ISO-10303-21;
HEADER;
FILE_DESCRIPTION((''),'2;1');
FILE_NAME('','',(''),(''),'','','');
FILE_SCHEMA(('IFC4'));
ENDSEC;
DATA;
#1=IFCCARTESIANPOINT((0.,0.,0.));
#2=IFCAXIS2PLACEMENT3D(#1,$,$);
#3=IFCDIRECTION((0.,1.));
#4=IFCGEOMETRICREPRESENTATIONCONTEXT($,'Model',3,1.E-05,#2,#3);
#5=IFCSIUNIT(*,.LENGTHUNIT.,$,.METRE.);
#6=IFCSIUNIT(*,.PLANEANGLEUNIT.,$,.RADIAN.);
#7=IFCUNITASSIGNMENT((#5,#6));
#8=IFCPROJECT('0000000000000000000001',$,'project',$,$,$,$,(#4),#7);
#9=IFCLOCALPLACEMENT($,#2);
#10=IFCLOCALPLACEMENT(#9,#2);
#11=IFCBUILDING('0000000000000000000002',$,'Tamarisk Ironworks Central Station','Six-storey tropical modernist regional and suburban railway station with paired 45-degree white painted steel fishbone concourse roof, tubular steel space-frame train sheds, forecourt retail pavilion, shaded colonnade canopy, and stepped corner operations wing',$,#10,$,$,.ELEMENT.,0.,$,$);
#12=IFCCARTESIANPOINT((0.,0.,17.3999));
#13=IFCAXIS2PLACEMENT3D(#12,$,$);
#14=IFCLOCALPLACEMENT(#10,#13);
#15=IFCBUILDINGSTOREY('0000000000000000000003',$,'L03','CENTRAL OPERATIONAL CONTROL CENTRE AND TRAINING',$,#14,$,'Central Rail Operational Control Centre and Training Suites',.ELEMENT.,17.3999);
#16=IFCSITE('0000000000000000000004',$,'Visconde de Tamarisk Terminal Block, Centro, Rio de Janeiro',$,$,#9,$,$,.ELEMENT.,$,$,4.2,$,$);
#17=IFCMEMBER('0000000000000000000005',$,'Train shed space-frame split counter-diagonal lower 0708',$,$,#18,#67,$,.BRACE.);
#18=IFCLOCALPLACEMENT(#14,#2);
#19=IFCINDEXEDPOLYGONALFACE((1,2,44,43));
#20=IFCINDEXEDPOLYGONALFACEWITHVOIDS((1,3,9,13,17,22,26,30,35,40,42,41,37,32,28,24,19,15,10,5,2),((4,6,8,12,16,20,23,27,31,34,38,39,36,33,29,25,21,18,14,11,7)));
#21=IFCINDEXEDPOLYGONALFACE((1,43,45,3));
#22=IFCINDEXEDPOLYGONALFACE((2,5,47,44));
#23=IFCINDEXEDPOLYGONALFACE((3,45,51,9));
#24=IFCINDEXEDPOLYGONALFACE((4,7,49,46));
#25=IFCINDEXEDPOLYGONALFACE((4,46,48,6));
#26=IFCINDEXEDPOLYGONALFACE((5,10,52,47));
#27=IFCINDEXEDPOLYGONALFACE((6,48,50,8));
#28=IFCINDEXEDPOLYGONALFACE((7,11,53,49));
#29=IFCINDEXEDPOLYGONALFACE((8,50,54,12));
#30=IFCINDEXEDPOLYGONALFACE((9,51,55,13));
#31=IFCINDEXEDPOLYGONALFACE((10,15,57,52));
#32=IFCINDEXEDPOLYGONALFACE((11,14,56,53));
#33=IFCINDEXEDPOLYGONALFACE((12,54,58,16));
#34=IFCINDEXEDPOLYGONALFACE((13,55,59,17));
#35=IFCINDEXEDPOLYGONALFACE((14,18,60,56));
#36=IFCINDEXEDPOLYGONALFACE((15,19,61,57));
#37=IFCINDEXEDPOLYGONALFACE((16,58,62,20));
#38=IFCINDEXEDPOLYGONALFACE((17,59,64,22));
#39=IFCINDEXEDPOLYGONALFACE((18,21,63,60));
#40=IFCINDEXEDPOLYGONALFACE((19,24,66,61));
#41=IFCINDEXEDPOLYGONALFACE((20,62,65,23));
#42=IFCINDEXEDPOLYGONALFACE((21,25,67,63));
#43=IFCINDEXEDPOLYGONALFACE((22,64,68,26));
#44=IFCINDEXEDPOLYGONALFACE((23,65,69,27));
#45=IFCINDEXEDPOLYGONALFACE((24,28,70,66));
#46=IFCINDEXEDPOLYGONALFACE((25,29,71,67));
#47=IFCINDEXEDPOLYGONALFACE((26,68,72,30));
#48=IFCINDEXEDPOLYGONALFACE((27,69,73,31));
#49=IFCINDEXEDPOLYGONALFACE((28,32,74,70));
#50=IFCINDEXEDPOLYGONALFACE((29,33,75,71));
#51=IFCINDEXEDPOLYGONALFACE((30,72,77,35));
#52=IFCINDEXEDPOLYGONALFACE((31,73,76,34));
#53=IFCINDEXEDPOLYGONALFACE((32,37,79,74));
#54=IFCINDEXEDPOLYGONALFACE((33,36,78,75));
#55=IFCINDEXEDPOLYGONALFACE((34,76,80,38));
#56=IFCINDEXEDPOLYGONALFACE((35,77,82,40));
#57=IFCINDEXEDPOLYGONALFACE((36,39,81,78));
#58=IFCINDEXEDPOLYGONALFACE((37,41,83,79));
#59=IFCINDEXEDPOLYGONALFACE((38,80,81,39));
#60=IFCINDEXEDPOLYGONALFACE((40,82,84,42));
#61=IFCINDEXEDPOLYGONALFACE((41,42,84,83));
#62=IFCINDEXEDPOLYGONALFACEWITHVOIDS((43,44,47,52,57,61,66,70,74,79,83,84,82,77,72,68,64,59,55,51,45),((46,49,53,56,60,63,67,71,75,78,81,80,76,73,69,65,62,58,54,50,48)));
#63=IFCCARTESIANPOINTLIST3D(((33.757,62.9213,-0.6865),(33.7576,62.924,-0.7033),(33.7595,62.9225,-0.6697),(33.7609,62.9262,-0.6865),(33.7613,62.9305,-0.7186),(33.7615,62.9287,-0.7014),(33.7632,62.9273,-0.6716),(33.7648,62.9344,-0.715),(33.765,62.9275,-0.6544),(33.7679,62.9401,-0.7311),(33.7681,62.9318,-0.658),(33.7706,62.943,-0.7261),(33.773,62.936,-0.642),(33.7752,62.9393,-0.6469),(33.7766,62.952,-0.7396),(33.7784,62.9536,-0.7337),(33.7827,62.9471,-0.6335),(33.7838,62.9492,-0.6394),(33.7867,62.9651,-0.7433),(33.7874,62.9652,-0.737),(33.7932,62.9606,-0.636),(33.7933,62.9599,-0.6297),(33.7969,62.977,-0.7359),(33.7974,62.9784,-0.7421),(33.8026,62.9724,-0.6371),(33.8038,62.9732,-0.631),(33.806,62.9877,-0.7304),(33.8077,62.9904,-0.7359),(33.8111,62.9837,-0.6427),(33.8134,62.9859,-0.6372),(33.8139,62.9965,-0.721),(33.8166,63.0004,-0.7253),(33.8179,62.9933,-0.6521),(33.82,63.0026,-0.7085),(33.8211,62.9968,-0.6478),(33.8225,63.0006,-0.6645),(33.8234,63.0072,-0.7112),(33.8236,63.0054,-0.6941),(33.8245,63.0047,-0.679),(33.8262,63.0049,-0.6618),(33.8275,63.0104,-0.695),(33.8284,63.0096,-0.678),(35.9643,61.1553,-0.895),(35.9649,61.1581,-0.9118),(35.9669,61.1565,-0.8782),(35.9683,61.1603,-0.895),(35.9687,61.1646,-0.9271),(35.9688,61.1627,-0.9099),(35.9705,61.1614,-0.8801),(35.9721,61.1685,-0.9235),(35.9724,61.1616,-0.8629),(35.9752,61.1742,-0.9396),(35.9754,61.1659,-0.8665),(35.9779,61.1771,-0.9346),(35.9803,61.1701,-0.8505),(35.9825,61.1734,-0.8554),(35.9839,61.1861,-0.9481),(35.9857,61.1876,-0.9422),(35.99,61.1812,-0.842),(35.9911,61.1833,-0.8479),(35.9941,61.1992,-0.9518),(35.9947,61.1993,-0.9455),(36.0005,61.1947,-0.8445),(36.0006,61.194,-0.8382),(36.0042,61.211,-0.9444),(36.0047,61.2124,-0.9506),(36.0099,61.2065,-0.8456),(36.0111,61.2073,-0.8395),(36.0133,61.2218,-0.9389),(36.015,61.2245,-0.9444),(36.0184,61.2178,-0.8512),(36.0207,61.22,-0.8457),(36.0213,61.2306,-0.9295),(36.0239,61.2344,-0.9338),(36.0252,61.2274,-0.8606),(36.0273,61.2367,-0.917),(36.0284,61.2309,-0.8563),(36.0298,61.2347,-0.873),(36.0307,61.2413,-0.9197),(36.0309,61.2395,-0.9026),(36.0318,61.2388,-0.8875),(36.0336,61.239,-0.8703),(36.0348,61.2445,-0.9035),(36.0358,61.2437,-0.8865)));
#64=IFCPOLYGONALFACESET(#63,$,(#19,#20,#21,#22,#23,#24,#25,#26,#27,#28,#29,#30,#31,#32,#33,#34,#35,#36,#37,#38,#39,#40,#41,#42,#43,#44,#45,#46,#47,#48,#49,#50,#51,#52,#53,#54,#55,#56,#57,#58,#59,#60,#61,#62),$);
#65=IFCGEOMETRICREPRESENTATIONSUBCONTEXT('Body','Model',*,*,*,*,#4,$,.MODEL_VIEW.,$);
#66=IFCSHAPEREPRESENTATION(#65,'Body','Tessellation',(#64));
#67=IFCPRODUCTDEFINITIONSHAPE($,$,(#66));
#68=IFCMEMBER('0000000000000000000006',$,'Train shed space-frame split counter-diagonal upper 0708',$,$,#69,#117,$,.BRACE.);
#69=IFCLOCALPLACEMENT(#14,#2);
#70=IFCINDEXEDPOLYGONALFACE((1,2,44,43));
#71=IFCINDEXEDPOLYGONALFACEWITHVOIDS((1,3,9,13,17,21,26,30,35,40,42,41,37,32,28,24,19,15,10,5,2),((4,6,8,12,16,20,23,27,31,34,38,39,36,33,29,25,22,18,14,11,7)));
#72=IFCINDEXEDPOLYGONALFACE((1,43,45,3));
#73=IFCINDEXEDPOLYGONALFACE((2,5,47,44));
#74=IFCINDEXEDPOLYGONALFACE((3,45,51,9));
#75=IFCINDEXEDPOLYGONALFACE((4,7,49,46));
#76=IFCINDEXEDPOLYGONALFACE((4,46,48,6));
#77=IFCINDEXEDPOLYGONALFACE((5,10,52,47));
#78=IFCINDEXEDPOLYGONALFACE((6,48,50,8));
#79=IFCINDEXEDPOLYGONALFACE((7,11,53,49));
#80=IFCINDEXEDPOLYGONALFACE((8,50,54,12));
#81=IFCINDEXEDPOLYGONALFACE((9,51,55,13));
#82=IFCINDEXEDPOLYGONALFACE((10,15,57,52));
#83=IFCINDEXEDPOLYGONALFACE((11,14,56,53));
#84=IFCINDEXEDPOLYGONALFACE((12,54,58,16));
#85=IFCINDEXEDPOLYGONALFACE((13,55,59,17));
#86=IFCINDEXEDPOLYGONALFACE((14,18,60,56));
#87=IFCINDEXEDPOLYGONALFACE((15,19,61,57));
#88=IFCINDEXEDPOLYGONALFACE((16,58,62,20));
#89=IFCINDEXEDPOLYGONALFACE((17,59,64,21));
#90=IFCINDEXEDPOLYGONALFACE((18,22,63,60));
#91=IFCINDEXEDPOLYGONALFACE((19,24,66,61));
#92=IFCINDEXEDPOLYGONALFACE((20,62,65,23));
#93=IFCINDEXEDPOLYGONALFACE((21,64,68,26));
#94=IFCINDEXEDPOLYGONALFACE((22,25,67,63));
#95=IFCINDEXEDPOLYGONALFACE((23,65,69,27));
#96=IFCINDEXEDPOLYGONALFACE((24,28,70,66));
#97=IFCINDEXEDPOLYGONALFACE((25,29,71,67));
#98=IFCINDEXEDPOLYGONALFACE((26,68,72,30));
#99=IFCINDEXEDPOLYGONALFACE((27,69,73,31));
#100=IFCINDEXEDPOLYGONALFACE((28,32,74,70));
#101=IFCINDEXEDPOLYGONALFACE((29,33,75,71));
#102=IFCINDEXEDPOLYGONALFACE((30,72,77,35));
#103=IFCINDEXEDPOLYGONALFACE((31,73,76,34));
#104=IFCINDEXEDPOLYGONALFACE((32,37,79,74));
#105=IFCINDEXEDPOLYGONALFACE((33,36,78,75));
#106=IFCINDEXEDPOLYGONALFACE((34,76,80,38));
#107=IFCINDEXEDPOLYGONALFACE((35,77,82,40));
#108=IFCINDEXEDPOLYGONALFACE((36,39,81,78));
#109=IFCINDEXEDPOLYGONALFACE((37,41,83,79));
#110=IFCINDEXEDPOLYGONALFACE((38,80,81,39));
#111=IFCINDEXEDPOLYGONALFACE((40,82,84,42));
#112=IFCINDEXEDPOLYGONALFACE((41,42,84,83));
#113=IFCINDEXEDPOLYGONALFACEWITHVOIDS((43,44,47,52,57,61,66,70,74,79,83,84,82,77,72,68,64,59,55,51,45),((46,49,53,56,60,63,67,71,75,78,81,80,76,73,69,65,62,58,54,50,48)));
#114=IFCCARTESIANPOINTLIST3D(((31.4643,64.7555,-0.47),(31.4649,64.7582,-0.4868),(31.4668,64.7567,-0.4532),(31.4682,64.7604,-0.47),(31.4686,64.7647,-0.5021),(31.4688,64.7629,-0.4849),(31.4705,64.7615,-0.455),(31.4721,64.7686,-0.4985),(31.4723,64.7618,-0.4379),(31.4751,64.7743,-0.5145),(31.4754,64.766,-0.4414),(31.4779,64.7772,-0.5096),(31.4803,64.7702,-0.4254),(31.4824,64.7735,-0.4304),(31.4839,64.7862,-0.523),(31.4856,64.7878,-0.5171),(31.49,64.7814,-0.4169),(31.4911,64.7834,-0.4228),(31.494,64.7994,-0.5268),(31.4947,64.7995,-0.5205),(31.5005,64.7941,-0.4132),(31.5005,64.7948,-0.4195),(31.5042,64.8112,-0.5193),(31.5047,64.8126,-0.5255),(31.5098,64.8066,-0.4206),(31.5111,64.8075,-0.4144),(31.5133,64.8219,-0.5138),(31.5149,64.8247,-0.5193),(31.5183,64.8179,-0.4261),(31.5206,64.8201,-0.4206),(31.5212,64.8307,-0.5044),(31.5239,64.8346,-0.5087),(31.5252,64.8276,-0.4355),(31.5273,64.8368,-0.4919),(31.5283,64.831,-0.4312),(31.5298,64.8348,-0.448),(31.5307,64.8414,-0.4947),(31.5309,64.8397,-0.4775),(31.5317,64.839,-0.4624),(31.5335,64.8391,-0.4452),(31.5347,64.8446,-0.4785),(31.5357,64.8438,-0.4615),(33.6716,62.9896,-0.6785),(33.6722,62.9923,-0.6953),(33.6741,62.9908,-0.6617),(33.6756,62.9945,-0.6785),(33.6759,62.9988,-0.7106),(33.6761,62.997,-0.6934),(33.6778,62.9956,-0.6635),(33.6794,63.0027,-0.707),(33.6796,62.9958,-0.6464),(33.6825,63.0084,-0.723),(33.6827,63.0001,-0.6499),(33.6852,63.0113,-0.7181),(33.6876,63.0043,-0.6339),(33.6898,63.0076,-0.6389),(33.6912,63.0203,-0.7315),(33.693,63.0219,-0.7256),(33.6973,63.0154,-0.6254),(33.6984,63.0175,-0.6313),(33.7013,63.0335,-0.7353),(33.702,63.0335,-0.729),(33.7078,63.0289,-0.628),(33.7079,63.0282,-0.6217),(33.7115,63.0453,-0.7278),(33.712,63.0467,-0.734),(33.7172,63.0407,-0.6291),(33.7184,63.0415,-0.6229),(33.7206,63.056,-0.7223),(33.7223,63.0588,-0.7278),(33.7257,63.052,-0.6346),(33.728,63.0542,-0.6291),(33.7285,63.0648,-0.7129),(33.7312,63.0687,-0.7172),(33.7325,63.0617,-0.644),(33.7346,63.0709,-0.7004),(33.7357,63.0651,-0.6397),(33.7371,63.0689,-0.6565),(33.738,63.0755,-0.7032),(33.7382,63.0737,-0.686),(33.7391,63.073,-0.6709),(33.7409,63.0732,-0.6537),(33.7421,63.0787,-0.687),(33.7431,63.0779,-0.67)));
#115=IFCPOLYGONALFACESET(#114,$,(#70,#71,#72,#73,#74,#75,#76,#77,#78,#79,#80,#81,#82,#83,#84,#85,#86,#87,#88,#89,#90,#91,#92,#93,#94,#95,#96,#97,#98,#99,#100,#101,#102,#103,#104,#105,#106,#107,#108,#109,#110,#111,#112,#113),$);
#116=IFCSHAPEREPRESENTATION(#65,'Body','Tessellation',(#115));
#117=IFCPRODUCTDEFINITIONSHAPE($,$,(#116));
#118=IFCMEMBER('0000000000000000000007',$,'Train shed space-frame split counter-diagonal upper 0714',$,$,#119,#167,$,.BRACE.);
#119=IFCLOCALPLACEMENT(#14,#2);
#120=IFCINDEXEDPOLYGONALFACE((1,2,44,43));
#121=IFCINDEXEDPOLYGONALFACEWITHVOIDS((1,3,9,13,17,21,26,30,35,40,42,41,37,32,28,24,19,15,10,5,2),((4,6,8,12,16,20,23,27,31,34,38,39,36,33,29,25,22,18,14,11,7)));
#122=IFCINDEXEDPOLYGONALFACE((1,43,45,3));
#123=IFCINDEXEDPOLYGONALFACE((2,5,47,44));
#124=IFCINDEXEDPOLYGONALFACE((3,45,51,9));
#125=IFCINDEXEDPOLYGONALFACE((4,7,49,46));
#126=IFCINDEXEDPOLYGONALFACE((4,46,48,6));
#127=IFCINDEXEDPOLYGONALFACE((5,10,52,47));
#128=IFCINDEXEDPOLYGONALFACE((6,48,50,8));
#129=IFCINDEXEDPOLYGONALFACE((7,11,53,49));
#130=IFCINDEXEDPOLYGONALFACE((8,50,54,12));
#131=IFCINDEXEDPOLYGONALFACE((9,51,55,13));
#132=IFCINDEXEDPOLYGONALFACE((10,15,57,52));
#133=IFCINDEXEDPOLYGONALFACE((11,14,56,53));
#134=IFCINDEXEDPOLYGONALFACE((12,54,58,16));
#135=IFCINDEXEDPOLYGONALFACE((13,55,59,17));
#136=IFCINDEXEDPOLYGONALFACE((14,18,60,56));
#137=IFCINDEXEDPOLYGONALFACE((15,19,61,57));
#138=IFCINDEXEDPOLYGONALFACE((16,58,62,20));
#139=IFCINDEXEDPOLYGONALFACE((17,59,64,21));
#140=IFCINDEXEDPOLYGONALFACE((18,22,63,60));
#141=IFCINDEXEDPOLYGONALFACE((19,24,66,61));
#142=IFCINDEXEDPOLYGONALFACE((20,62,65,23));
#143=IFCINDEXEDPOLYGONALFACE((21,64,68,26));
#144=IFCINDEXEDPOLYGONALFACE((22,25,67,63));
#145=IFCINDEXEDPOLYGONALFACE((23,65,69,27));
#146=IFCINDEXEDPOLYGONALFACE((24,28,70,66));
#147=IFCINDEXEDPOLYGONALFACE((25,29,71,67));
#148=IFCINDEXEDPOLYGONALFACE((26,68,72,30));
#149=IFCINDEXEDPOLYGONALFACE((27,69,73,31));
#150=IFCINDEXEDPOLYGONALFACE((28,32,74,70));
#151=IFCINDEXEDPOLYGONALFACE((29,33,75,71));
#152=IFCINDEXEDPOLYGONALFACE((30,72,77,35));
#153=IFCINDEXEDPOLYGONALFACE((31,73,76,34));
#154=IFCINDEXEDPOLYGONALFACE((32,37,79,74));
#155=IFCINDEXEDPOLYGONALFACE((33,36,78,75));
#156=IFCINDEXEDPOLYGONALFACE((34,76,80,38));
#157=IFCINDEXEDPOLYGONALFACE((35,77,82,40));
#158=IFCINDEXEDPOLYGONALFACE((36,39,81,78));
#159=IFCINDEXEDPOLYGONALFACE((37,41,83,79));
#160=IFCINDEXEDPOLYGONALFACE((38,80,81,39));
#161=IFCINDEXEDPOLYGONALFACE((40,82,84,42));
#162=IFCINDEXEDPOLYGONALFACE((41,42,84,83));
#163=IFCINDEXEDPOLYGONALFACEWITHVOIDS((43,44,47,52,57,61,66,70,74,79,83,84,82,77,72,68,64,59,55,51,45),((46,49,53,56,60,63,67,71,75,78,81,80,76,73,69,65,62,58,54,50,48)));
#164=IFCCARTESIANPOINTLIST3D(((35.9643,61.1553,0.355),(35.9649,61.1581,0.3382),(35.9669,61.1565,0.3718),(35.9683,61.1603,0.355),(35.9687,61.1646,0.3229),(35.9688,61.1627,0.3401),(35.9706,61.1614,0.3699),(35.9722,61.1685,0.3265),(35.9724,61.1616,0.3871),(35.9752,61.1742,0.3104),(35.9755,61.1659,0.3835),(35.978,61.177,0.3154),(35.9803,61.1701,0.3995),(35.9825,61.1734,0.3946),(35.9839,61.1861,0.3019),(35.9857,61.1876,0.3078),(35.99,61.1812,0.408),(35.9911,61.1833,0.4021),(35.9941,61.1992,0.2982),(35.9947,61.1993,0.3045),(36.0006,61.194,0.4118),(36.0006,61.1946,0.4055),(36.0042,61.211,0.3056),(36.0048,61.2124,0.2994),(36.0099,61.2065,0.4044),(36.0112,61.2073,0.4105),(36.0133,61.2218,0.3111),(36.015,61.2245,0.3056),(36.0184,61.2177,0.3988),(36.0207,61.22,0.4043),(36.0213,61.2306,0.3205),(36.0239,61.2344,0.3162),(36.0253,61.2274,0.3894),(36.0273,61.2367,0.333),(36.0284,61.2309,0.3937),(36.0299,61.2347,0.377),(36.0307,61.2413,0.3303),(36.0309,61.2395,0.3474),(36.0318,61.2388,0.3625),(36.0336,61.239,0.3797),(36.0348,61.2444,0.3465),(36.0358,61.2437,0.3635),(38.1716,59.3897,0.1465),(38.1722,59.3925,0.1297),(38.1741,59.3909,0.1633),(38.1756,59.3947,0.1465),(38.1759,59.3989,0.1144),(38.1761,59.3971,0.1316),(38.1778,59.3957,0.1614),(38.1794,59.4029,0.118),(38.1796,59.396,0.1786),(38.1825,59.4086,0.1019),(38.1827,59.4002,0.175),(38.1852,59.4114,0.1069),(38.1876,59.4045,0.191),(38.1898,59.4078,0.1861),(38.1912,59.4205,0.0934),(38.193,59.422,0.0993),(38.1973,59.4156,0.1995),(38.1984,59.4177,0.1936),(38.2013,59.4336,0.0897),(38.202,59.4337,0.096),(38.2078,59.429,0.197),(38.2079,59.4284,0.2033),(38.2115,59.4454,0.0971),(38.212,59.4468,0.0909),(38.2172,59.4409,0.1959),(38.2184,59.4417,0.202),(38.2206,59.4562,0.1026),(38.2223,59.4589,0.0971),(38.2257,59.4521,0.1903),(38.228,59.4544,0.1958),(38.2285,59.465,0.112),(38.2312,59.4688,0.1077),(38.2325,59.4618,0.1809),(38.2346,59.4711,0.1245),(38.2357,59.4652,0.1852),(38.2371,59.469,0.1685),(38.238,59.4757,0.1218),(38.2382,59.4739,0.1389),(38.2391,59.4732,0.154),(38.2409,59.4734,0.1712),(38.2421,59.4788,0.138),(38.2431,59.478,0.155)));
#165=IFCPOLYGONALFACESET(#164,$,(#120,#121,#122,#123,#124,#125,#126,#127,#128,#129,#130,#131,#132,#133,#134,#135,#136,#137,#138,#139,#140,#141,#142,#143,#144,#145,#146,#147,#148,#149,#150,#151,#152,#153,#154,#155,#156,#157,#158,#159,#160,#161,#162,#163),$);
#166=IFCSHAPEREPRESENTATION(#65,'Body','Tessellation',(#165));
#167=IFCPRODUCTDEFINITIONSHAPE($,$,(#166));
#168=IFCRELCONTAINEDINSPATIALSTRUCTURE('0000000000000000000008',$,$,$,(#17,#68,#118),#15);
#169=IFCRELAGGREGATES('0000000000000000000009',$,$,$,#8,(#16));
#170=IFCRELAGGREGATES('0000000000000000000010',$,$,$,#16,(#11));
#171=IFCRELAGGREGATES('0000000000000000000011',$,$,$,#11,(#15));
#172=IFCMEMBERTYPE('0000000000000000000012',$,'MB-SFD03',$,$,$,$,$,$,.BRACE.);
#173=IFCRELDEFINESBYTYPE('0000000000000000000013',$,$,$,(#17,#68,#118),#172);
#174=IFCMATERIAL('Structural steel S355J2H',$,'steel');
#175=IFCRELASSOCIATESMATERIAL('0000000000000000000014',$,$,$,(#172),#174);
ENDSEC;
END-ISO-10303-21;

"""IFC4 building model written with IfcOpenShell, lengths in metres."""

from ifc_helpers import new_model, si_unit, direction, frame, origin, origin_2d, place, context, subcontext, project, spatial, hollow_circle, extrude, material, material_profile, profile_set, type_object, element, save


model = new_model("IFC4")

# Units and contexts
model_context = context("Model", 3, precision=1e-05, world=origin(), true_north=direction((0.0, 1.0)))
body_context = subcontext(model_context, "Body", "Model", "MODEL_VIEW")
ifc_project = project(units=[si_unit("LENGTHUNIT", "METRE"), si_unit("PLANEANGLEUNIT", "RADIAN")], contexts=[model_context])

# Site, building, storey
site_placement = place(None, origin())
site = spatial("IfcSite", under=ifc_project, at=site_placement, Name="Visconde de Tamarisk Terminal Block, Centro, Rio de Janeiro", CompositionType="ELEMENT", RefElevation=4.2)
building_placement = place(site_placement, origin())
building = spatial("IfcBuilding", under=site, at=building_placement, Name="Tamarisk Ironworks Central Station", Description="Six-storey tropical modernist regional and suburban railway station with paired 45-degree white painted steel fishbone concourse roof, tubular steel space-frame train sheds, forecourt retail pavilion, shaded colonnade canopy, and stepped corner operations wing", CompositionType="ELEMENT", ElevationOfRefHeight=0.0)
storey_placement = place(building_placement, frame((0.0, 0.0, 17.3999)))
storey = spatial("IfcBuildingStorey", under=building, at=storey_placement, Name="L03", Description="CENTRAL OPERATIONAL CONTROL CENTRE AND TRAINING", LongName="Central Rail Operational Control Centre and Training Suites", CompositionType="ELEMENT", Elevation=17.3999)

# Members
ifc_material_1 = material(Name="Structural steel S355J2H", Category="steel")
ifc_material_profile_1 = material_profile(ifc_material_1, hollow_circle(Radius=0.0571, WallThickness=0.0063, at=origin_2d()), Name="CHS 114.3x6.3")
ifc_profile_set_1 = profile_set([ifc_material_profile_1], Name="Structural steel S355J2H")
member_type_1 = type_object("IfcMemberType", Name="MB-SFD03", PredefinedType="BRACE", material=ifc_profile_set_1)
for number, where, z_axis, x_axis, name in (
    (1, (36.0, 61.2, -0.895), (-0.778745, 0.623013, 0.073559), (-0.624706, -0.78086, 0.0), "Train shed space-frame split counter-diagonal lower 0708"),
    (2, (33.7073, 63.0342, -0.6785), (-0.778745, 0.623013, 0.073559), (-0.624706, -0.78086, 0.0), "Train shed space-frame split counter-diagonal upper 0708"),
):
    element("IfcMember", number, at=place(storey_placement, frame(where, z_axis=z_axis, x_axis=x_axis)), inside=storey, type_object=member_type_1, Name=name, PredefinedType="BRACE", context=body_context, shape_type="SweptSolid", body=[
        extrude(hollow_circle(Radius=0.0571, WallThickness=0.0063, at=origin_2d()), origin(), (0.0, 0.0, 1.0), 2.8345),
    ])
member_1_placement = place(storey_placement, frame((38.2073, 59.4343, 0.1465), z_axis=(-0.778787, 0.62296, 0.073563), x_axis=(-0.624653, -0.780903, 0.0)))
element("IfcMember", 3, at=member_1_placement, inside=storey, type_object=member_type_1, Name="Train shed space-frame split counter-diagonal upper 0714", PredefinedType="BRACE", context=body_context, shape_type="SweptSolid", body=[
    extrude(hollow_circle(Radius=0.0571, WallThickness=0.0063, at=origin_2d()), origin(), (0.0, 0.0, 1.0), 2.8342),
])

save(model, "model.ifc")
